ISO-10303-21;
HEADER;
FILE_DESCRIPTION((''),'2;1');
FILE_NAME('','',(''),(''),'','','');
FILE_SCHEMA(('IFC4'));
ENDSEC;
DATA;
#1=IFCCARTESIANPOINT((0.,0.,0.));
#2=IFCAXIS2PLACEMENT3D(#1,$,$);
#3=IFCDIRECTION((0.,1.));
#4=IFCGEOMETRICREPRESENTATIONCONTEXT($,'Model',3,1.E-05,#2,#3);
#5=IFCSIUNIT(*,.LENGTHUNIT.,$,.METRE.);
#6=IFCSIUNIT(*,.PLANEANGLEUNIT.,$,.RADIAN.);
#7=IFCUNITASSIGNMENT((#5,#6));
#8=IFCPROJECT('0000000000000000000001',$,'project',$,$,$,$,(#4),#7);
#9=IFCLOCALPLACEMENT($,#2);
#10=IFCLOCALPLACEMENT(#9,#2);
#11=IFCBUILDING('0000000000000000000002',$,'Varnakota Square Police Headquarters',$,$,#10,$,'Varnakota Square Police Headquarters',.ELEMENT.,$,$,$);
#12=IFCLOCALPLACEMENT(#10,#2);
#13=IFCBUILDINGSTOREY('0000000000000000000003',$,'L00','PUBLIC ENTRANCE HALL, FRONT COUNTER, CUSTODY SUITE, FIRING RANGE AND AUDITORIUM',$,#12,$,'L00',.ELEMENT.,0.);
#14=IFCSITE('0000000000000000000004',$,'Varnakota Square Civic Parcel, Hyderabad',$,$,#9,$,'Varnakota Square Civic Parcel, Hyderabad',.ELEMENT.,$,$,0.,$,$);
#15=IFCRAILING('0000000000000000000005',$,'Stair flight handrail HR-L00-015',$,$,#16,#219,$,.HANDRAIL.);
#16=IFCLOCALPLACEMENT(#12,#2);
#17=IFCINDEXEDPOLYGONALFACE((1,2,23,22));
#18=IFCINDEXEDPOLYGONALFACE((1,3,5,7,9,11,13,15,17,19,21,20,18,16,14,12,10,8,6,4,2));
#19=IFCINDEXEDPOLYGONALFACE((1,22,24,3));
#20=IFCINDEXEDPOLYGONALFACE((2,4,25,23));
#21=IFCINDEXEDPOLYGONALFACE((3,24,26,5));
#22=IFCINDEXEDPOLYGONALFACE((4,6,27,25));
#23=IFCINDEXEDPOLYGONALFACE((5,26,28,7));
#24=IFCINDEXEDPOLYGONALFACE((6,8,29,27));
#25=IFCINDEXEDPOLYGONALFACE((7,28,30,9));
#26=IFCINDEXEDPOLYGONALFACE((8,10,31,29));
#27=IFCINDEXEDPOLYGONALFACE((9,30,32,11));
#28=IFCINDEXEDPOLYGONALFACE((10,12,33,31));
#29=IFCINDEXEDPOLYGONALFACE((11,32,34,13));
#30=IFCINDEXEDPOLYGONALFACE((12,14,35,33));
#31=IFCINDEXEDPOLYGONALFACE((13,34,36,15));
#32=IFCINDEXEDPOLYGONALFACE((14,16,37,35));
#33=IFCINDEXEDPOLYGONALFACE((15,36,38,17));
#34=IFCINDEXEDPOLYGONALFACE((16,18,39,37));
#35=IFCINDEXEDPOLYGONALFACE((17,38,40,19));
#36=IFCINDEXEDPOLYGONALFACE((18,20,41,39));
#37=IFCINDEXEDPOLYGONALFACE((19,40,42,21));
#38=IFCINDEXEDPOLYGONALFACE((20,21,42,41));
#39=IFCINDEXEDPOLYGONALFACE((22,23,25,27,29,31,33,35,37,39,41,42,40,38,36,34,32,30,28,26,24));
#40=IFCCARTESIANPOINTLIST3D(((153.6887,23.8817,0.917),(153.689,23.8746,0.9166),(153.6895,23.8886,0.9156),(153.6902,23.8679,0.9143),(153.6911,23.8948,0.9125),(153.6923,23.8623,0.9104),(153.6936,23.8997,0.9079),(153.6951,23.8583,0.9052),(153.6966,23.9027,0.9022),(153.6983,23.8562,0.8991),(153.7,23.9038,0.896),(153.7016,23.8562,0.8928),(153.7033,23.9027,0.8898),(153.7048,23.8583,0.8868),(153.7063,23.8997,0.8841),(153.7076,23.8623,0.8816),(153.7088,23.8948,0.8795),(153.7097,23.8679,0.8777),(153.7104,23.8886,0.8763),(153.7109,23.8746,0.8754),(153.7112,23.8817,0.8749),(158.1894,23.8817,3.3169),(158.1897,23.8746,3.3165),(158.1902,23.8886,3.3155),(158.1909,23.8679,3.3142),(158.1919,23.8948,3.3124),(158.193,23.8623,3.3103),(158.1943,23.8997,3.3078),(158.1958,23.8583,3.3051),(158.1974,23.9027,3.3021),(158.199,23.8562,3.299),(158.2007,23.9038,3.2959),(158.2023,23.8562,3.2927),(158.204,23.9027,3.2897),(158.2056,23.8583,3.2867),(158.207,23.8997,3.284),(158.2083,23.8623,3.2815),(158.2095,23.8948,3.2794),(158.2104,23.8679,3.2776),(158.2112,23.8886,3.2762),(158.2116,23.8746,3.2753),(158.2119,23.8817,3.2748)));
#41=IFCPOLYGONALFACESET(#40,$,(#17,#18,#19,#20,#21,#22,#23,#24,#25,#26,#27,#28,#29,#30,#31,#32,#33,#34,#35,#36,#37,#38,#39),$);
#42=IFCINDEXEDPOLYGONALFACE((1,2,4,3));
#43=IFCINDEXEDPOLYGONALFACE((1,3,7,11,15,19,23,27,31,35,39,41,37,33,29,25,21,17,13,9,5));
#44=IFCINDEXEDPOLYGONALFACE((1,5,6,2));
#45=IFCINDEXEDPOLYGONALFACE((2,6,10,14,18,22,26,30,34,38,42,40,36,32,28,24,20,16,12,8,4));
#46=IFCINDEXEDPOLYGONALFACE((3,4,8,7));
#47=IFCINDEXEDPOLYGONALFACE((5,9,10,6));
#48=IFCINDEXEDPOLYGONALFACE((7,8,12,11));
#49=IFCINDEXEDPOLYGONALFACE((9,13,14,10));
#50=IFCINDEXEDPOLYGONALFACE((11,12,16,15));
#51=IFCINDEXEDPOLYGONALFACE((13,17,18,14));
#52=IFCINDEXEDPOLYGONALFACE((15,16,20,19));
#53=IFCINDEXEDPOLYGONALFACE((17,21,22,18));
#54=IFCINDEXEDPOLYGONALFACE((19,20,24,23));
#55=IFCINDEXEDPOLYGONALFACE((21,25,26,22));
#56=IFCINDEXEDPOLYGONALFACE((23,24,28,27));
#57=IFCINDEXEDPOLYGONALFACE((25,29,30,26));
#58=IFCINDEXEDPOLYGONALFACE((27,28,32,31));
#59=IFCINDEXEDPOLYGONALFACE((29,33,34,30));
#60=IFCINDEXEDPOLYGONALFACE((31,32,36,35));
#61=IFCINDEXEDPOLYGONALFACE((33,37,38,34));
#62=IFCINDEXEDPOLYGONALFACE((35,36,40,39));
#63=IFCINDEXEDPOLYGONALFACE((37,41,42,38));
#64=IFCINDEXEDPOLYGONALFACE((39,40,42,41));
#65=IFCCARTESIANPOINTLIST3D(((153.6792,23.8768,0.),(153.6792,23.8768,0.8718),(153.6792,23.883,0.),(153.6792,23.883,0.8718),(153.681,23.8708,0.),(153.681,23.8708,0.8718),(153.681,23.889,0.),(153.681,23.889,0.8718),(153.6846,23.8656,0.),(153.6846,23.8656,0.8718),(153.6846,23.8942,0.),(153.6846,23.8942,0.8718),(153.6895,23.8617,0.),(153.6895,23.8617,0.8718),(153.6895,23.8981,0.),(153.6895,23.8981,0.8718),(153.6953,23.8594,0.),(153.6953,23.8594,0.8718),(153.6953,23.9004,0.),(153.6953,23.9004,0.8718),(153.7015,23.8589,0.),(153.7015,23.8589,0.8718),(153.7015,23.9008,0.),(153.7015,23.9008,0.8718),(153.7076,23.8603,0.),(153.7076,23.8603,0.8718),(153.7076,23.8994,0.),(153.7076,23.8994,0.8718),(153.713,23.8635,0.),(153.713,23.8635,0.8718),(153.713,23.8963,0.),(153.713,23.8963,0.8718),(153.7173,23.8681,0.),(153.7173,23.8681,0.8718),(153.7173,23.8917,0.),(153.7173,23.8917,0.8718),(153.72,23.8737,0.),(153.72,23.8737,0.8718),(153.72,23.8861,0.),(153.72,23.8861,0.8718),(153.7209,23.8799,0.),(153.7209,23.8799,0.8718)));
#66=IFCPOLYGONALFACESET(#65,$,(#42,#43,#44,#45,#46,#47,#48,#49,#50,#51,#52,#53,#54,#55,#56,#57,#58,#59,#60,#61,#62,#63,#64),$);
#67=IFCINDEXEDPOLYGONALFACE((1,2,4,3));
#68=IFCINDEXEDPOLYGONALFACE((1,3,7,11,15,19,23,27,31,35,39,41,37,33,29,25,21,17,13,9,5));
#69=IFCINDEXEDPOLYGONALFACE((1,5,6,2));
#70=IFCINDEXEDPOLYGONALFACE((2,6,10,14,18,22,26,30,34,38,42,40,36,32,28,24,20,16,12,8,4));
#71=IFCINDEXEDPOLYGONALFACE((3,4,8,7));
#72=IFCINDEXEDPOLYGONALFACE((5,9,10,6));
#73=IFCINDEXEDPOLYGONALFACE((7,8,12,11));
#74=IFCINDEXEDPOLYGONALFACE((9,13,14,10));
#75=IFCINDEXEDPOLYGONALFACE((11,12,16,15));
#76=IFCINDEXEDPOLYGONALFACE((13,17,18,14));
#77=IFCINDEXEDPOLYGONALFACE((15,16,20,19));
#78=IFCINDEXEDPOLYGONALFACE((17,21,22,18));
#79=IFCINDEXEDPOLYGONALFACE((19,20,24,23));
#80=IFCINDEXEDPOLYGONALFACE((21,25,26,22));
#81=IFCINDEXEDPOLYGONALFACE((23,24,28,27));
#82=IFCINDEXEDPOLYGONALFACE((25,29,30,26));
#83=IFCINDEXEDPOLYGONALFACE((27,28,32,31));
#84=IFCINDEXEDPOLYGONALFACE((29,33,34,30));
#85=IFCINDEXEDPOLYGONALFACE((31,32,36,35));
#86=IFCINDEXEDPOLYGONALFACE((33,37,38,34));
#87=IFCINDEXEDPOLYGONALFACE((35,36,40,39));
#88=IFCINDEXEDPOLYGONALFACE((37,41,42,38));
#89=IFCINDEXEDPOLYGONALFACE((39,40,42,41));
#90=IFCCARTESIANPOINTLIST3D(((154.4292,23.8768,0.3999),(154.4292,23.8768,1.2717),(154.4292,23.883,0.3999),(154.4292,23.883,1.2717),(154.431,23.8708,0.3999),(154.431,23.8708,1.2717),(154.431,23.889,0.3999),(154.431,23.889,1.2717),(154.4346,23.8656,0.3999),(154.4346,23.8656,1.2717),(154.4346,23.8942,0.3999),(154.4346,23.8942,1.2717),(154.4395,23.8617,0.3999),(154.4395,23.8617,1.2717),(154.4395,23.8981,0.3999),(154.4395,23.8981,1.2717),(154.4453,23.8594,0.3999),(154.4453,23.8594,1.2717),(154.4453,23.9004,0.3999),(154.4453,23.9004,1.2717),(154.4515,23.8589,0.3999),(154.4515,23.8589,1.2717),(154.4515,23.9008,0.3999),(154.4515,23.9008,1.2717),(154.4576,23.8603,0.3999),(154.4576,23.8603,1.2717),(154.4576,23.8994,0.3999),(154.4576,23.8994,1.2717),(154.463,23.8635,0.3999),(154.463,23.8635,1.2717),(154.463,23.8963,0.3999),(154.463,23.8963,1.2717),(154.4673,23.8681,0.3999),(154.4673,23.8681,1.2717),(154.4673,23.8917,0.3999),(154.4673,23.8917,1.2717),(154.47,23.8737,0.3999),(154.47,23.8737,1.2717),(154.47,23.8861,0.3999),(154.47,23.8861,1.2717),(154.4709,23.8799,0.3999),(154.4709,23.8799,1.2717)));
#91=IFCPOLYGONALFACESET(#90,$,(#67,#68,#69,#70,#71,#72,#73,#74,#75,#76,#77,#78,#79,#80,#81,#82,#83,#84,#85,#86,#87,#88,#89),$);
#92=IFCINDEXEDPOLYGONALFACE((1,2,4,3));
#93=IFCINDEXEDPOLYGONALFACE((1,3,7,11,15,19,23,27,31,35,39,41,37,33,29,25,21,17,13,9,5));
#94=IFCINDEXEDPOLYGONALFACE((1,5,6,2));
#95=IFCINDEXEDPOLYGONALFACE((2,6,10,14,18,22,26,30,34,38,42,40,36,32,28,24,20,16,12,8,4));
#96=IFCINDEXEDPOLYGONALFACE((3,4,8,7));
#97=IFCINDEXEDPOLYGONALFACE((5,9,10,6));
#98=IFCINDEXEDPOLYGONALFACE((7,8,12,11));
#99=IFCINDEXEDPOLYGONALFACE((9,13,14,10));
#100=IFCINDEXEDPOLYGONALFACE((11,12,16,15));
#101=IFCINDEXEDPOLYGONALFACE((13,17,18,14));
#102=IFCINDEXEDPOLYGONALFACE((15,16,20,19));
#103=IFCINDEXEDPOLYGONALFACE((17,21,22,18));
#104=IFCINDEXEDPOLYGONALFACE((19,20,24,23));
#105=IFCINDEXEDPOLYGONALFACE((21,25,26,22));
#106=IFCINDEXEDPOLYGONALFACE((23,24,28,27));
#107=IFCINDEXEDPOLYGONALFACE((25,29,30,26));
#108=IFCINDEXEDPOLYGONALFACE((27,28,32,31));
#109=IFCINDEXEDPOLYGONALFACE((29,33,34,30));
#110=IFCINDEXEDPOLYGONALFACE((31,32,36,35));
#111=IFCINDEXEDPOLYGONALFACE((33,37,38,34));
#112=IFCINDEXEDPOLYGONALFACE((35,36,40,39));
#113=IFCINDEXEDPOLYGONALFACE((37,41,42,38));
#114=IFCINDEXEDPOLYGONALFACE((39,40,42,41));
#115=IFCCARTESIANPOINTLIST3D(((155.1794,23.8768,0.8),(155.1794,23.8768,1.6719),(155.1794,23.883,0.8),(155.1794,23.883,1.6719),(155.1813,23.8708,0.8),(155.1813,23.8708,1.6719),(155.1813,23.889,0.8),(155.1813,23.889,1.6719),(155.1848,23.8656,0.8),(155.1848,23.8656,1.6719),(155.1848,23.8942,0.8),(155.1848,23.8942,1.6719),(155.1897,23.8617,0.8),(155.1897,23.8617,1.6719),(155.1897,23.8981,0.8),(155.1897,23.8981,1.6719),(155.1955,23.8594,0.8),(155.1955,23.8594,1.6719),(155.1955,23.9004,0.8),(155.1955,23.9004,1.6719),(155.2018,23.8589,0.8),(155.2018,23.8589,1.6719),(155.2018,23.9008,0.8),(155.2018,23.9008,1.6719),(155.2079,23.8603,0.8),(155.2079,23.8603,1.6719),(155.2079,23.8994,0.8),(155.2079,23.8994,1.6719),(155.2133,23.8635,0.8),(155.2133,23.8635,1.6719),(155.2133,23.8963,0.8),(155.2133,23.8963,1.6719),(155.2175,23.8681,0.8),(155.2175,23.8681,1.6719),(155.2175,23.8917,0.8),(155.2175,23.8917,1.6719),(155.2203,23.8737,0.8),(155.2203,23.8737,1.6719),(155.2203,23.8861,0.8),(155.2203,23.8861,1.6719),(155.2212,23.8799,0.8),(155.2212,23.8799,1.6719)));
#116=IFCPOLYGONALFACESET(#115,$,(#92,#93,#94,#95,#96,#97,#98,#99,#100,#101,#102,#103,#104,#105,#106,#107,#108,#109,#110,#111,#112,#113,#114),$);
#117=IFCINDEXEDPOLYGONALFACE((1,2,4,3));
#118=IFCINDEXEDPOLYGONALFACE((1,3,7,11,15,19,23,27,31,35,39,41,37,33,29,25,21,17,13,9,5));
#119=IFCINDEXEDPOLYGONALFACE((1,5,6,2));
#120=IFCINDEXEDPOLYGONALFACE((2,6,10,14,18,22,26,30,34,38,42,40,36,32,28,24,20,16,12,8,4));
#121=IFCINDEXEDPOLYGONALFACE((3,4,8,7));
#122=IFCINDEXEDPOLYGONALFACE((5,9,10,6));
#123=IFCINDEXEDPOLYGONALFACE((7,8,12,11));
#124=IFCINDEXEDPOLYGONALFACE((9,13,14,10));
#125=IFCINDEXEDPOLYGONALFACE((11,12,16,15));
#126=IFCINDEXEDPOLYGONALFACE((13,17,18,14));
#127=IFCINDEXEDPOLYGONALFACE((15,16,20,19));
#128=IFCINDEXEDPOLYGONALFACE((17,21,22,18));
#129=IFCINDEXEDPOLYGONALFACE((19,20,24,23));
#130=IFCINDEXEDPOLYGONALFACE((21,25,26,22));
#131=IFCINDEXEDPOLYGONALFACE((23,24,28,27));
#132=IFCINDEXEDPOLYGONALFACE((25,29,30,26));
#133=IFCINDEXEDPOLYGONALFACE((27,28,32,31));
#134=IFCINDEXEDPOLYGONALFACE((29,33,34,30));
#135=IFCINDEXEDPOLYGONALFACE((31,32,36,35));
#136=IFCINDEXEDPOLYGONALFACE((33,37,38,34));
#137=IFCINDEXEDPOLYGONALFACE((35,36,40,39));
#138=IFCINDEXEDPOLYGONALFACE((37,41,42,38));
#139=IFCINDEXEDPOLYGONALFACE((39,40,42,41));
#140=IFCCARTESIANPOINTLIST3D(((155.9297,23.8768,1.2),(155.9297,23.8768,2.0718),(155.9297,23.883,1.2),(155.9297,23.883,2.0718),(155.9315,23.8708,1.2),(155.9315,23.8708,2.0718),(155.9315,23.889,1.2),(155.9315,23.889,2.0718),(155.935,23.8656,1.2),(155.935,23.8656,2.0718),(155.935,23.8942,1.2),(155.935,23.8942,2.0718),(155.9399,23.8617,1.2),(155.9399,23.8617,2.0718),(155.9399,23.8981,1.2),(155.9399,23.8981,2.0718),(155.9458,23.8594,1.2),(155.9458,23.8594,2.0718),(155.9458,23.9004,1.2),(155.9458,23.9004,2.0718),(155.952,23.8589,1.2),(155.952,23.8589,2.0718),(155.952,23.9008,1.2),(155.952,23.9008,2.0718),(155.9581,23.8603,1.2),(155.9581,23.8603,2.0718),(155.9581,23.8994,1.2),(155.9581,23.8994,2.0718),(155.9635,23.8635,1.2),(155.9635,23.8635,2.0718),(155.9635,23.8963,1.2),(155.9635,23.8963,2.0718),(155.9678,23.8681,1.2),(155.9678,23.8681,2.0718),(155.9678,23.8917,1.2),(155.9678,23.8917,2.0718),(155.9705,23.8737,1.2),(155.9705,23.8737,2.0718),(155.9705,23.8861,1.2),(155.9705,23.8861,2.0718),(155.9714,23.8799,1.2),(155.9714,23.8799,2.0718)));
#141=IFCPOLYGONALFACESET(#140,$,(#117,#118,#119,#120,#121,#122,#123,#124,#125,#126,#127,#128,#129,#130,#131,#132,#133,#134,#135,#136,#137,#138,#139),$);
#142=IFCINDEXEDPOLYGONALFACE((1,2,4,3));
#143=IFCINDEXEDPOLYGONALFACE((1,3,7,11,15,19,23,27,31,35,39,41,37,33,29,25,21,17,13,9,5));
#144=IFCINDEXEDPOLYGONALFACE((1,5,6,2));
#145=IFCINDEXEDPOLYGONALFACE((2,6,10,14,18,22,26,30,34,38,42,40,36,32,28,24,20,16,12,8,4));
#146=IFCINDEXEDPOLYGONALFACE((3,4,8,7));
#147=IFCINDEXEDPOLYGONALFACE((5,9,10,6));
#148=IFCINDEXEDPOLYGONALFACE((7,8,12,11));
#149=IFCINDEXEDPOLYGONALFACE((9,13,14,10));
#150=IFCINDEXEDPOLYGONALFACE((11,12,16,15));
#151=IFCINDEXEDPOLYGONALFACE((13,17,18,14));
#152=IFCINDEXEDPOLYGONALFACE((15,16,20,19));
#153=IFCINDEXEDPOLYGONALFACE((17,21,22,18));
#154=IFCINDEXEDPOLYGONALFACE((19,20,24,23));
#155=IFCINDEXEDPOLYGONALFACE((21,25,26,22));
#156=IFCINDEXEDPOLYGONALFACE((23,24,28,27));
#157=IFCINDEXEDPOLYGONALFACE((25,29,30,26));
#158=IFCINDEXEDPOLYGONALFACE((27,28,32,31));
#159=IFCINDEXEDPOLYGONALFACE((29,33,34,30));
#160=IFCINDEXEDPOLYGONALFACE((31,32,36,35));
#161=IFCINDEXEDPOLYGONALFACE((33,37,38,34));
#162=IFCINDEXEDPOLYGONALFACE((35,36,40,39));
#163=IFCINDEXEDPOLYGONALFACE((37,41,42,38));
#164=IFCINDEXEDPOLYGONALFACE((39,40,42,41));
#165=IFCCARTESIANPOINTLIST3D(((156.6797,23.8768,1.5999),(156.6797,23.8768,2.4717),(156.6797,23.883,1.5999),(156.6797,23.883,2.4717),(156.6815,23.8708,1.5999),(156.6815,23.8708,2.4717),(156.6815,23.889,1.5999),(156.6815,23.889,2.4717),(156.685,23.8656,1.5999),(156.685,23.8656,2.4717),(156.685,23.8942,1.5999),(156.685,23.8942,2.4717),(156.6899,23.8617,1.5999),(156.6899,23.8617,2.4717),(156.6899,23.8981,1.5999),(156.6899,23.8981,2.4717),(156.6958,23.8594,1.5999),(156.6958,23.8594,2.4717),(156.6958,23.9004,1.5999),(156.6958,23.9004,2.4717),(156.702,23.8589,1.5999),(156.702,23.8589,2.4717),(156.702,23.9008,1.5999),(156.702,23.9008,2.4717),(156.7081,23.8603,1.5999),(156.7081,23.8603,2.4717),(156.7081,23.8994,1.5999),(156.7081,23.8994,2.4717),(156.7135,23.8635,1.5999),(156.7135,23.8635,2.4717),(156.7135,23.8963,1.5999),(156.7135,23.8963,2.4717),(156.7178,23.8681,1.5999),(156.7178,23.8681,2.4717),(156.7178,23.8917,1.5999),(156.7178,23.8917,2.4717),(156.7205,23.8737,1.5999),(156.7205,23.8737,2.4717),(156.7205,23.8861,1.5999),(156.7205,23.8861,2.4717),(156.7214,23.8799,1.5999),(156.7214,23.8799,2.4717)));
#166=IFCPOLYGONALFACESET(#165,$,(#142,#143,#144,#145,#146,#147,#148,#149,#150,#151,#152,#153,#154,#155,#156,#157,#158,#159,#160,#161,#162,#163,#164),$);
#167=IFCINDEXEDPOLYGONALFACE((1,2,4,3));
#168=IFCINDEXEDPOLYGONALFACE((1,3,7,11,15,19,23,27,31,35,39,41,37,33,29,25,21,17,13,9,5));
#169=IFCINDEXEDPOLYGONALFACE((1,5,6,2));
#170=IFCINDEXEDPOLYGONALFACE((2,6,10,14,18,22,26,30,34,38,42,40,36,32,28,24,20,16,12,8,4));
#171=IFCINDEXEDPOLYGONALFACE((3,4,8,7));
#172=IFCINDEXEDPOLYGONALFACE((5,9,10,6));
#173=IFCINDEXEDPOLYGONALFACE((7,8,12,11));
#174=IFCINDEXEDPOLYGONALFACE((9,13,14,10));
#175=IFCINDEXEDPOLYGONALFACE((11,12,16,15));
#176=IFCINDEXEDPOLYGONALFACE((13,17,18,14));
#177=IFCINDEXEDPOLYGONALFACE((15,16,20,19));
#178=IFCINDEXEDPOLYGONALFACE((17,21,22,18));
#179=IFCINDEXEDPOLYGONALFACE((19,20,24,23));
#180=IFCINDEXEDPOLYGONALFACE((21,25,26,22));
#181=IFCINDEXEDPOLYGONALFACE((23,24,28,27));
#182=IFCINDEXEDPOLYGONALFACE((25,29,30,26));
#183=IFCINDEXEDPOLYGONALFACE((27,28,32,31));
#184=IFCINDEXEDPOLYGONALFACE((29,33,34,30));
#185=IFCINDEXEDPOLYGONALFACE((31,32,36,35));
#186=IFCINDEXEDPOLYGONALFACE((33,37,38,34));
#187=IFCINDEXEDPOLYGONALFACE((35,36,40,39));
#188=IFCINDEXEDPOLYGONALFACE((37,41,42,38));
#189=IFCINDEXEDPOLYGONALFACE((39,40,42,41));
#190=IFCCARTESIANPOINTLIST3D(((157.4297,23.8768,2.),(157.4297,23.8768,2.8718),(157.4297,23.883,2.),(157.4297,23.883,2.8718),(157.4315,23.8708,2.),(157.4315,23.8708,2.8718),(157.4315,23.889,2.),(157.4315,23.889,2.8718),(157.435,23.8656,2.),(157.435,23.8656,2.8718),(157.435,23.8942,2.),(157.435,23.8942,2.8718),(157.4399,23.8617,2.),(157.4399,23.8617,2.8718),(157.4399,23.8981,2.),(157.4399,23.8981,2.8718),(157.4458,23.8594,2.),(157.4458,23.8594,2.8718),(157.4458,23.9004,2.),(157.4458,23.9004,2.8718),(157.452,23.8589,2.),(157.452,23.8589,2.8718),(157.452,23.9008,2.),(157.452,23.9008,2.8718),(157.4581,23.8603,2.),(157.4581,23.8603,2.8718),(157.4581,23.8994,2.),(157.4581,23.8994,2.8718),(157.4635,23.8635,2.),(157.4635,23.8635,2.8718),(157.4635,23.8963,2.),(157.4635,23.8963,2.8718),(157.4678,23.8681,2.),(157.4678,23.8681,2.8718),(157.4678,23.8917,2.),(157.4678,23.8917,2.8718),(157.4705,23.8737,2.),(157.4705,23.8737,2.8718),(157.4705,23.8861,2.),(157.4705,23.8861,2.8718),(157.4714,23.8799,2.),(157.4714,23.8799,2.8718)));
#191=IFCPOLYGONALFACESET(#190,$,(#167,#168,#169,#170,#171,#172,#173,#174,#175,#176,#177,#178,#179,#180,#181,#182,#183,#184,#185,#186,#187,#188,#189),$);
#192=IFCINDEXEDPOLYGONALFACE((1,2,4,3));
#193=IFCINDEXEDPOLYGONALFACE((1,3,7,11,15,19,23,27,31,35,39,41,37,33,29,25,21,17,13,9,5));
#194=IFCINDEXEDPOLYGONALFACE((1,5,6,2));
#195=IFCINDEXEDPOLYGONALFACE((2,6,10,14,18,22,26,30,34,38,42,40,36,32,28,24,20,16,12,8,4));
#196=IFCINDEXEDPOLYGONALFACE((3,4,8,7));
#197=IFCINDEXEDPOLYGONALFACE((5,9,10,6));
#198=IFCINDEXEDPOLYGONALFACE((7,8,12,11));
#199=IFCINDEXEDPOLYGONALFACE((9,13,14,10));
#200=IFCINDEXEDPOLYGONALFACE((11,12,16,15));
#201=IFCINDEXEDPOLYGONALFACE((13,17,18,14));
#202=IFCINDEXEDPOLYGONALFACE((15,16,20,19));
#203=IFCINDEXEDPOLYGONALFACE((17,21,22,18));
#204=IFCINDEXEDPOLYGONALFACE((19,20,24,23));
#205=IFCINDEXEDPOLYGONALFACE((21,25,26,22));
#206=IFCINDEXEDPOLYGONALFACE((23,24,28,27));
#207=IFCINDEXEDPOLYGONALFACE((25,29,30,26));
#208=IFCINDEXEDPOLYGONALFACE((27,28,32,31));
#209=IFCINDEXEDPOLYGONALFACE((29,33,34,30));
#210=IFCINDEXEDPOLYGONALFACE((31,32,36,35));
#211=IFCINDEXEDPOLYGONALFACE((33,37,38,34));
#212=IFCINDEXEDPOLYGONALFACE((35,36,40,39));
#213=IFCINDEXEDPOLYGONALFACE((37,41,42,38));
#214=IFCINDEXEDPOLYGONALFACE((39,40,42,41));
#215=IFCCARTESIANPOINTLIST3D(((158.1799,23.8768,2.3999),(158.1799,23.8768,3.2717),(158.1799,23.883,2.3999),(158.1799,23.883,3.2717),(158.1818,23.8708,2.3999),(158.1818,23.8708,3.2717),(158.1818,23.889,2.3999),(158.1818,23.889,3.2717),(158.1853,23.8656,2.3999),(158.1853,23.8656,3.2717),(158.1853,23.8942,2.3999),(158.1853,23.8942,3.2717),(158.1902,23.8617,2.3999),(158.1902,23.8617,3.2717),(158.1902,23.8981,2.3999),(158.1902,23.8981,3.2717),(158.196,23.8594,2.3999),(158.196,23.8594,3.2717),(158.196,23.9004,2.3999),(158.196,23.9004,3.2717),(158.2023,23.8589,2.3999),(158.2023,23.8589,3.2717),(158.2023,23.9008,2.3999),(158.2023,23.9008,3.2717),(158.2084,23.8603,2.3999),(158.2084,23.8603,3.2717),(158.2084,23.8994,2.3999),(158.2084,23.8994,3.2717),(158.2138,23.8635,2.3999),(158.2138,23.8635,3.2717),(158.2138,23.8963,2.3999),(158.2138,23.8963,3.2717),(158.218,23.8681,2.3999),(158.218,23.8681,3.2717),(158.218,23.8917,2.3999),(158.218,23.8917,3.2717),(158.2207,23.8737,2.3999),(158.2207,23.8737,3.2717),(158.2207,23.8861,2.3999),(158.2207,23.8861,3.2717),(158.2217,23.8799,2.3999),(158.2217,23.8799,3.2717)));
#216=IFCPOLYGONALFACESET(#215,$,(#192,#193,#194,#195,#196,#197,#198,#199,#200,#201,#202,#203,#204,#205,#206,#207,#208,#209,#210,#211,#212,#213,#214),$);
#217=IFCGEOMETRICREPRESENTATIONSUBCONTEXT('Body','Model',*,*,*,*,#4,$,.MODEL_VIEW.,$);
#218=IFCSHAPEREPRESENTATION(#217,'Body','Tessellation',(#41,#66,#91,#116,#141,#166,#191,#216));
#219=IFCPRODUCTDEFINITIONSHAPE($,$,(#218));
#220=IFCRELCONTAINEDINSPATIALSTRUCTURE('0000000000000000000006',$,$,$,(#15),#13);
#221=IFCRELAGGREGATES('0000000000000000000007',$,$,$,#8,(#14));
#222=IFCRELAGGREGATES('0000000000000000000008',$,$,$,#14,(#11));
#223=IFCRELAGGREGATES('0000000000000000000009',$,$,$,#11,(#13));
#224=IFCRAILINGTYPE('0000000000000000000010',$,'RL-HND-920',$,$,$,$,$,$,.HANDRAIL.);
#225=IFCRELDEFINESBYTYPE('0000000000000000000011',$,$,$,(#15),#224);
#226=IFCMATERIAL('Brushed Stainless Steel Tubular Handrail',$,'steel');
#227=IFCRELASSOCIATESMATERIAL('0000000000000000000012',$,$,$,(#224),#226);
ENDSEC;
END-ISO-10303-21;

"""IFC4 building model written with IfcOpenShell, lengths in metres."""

from ifc_helpers import new_model, si_unit, direction, frame, origin, origin_2d, place, context, subcontext, project, spatial, circle, extrude, material, type_object, element, save


model = new_model("IFC4")

# Units and contexts
model_context = context("Model", 3, precision=1e-05, world=origin(), true_north=direction((0.0, 1.0)))
body_context = subcontext(model_context, "Body", "Model", "MODEL_VIEW")
ifc_project = project(units=[si_unit("LENGTHUNIT", "METRE"), si_unit("PLANEANGLEUNIT", "RADIAN")], contexts=[model_context])

# Site, building, storey
site_placement = place(None, origin())
site = spatial("IfcSite", under=ifc_project, at=site_placement, Name="Varnakota Square Civic Parcel, Hyderabad", LongName="Varnakota Square Civic Parcel, Hyderabad", CompositionType="ELEMENT", RefElevation=0.0)
building_placement = place(site_placement, origin())
building = spatial("IfcBuilding", under=site, at=building_placement, Name="Varnakota Square Police Headquarters", LongName="Varnakota Square Police Headquarters", CompositionType="ELEMENT")
storey_placement = place(building_placement, origin())
storey = spatial("IfcBuildingStorey", under=building, at=storey_placement, Name="L00", Description="PUBLIC ENTRANCE HALL, FRONT COUNTER, CUSTODY SUITE, FIRING RANGE AND AUDITORIUM", LongName="L00", CompositionType="ELEMENT", Elevation=0.0)

# Railing
ifc_material_1 = material(Name="Brushed Stainless Steel Tubular Handrail", Category="steel")
railing_type_1 = type_object("IfcRailingType", Name="RL-HND-920", PredefinedType="HANDRAIL", material=ifc_material_1)
railing_1_placement = place(storey_placement, frame((153.7, 23.8799, 0.0)))
element("IfcRailing", 1, at=railing_1_placement, inside=storey, type_object=railing_type_1, Name="Stair flight handrail HR-L00-015", PredefinedType="HANDRAIL", context=body_context, shape_type="SweptSolid", body=[
    extrude(circle(Radius=0.0239, at=origin_2d()), frame((0.0, 0.0, 0.896), z_axis=(0.882393, 0.0, 0.470514), x_axis=(0.0, 1.0, 0.0)), (0.0, 0.0, 1.0), 5.1006),
    extrude(circle(Radius=0.021, at=origin_2d()), origin(), (0.0, 0.0, 1.0), 0.8718),
    extrude(circle(Radius=0.021, at=origin_2d()), frame((0.75, 0.0, 0.3999)), (0.0, 0.0, 1.0), 0.8718),
    extrude(circle(Radius=0.021, at=origin_2d()), frame((1.5002, 0.0, 0.8)), (0.0, 0.0, 1.0), 0.8718),
    extrude(circle(Radius=0.021, at=origin_2d()), frame((2.2505, 0.0, 1.2)), (0.0, 0.0, 1.0), 0.8718),
    extrude(circle(Radius=0.021, at=origin_2d()), frame((3.0005, 0.0, 1.5999)), (0.0, 0.0, 1.0), 0.8718),
    extrude(circle(Radius=0.021, at=origin_2d()), frame((3.7505, 0.0, 2.0)), (0.0, 0.0, 1.0), 0.8718),
    extrude(circle(Radius=0.021, at=origin_2d()), frame((4.5007, 0.0, 2.3999)), (0.0, 0.0, 1.0), 0.8718),
])

save(model, "model.ifc")
